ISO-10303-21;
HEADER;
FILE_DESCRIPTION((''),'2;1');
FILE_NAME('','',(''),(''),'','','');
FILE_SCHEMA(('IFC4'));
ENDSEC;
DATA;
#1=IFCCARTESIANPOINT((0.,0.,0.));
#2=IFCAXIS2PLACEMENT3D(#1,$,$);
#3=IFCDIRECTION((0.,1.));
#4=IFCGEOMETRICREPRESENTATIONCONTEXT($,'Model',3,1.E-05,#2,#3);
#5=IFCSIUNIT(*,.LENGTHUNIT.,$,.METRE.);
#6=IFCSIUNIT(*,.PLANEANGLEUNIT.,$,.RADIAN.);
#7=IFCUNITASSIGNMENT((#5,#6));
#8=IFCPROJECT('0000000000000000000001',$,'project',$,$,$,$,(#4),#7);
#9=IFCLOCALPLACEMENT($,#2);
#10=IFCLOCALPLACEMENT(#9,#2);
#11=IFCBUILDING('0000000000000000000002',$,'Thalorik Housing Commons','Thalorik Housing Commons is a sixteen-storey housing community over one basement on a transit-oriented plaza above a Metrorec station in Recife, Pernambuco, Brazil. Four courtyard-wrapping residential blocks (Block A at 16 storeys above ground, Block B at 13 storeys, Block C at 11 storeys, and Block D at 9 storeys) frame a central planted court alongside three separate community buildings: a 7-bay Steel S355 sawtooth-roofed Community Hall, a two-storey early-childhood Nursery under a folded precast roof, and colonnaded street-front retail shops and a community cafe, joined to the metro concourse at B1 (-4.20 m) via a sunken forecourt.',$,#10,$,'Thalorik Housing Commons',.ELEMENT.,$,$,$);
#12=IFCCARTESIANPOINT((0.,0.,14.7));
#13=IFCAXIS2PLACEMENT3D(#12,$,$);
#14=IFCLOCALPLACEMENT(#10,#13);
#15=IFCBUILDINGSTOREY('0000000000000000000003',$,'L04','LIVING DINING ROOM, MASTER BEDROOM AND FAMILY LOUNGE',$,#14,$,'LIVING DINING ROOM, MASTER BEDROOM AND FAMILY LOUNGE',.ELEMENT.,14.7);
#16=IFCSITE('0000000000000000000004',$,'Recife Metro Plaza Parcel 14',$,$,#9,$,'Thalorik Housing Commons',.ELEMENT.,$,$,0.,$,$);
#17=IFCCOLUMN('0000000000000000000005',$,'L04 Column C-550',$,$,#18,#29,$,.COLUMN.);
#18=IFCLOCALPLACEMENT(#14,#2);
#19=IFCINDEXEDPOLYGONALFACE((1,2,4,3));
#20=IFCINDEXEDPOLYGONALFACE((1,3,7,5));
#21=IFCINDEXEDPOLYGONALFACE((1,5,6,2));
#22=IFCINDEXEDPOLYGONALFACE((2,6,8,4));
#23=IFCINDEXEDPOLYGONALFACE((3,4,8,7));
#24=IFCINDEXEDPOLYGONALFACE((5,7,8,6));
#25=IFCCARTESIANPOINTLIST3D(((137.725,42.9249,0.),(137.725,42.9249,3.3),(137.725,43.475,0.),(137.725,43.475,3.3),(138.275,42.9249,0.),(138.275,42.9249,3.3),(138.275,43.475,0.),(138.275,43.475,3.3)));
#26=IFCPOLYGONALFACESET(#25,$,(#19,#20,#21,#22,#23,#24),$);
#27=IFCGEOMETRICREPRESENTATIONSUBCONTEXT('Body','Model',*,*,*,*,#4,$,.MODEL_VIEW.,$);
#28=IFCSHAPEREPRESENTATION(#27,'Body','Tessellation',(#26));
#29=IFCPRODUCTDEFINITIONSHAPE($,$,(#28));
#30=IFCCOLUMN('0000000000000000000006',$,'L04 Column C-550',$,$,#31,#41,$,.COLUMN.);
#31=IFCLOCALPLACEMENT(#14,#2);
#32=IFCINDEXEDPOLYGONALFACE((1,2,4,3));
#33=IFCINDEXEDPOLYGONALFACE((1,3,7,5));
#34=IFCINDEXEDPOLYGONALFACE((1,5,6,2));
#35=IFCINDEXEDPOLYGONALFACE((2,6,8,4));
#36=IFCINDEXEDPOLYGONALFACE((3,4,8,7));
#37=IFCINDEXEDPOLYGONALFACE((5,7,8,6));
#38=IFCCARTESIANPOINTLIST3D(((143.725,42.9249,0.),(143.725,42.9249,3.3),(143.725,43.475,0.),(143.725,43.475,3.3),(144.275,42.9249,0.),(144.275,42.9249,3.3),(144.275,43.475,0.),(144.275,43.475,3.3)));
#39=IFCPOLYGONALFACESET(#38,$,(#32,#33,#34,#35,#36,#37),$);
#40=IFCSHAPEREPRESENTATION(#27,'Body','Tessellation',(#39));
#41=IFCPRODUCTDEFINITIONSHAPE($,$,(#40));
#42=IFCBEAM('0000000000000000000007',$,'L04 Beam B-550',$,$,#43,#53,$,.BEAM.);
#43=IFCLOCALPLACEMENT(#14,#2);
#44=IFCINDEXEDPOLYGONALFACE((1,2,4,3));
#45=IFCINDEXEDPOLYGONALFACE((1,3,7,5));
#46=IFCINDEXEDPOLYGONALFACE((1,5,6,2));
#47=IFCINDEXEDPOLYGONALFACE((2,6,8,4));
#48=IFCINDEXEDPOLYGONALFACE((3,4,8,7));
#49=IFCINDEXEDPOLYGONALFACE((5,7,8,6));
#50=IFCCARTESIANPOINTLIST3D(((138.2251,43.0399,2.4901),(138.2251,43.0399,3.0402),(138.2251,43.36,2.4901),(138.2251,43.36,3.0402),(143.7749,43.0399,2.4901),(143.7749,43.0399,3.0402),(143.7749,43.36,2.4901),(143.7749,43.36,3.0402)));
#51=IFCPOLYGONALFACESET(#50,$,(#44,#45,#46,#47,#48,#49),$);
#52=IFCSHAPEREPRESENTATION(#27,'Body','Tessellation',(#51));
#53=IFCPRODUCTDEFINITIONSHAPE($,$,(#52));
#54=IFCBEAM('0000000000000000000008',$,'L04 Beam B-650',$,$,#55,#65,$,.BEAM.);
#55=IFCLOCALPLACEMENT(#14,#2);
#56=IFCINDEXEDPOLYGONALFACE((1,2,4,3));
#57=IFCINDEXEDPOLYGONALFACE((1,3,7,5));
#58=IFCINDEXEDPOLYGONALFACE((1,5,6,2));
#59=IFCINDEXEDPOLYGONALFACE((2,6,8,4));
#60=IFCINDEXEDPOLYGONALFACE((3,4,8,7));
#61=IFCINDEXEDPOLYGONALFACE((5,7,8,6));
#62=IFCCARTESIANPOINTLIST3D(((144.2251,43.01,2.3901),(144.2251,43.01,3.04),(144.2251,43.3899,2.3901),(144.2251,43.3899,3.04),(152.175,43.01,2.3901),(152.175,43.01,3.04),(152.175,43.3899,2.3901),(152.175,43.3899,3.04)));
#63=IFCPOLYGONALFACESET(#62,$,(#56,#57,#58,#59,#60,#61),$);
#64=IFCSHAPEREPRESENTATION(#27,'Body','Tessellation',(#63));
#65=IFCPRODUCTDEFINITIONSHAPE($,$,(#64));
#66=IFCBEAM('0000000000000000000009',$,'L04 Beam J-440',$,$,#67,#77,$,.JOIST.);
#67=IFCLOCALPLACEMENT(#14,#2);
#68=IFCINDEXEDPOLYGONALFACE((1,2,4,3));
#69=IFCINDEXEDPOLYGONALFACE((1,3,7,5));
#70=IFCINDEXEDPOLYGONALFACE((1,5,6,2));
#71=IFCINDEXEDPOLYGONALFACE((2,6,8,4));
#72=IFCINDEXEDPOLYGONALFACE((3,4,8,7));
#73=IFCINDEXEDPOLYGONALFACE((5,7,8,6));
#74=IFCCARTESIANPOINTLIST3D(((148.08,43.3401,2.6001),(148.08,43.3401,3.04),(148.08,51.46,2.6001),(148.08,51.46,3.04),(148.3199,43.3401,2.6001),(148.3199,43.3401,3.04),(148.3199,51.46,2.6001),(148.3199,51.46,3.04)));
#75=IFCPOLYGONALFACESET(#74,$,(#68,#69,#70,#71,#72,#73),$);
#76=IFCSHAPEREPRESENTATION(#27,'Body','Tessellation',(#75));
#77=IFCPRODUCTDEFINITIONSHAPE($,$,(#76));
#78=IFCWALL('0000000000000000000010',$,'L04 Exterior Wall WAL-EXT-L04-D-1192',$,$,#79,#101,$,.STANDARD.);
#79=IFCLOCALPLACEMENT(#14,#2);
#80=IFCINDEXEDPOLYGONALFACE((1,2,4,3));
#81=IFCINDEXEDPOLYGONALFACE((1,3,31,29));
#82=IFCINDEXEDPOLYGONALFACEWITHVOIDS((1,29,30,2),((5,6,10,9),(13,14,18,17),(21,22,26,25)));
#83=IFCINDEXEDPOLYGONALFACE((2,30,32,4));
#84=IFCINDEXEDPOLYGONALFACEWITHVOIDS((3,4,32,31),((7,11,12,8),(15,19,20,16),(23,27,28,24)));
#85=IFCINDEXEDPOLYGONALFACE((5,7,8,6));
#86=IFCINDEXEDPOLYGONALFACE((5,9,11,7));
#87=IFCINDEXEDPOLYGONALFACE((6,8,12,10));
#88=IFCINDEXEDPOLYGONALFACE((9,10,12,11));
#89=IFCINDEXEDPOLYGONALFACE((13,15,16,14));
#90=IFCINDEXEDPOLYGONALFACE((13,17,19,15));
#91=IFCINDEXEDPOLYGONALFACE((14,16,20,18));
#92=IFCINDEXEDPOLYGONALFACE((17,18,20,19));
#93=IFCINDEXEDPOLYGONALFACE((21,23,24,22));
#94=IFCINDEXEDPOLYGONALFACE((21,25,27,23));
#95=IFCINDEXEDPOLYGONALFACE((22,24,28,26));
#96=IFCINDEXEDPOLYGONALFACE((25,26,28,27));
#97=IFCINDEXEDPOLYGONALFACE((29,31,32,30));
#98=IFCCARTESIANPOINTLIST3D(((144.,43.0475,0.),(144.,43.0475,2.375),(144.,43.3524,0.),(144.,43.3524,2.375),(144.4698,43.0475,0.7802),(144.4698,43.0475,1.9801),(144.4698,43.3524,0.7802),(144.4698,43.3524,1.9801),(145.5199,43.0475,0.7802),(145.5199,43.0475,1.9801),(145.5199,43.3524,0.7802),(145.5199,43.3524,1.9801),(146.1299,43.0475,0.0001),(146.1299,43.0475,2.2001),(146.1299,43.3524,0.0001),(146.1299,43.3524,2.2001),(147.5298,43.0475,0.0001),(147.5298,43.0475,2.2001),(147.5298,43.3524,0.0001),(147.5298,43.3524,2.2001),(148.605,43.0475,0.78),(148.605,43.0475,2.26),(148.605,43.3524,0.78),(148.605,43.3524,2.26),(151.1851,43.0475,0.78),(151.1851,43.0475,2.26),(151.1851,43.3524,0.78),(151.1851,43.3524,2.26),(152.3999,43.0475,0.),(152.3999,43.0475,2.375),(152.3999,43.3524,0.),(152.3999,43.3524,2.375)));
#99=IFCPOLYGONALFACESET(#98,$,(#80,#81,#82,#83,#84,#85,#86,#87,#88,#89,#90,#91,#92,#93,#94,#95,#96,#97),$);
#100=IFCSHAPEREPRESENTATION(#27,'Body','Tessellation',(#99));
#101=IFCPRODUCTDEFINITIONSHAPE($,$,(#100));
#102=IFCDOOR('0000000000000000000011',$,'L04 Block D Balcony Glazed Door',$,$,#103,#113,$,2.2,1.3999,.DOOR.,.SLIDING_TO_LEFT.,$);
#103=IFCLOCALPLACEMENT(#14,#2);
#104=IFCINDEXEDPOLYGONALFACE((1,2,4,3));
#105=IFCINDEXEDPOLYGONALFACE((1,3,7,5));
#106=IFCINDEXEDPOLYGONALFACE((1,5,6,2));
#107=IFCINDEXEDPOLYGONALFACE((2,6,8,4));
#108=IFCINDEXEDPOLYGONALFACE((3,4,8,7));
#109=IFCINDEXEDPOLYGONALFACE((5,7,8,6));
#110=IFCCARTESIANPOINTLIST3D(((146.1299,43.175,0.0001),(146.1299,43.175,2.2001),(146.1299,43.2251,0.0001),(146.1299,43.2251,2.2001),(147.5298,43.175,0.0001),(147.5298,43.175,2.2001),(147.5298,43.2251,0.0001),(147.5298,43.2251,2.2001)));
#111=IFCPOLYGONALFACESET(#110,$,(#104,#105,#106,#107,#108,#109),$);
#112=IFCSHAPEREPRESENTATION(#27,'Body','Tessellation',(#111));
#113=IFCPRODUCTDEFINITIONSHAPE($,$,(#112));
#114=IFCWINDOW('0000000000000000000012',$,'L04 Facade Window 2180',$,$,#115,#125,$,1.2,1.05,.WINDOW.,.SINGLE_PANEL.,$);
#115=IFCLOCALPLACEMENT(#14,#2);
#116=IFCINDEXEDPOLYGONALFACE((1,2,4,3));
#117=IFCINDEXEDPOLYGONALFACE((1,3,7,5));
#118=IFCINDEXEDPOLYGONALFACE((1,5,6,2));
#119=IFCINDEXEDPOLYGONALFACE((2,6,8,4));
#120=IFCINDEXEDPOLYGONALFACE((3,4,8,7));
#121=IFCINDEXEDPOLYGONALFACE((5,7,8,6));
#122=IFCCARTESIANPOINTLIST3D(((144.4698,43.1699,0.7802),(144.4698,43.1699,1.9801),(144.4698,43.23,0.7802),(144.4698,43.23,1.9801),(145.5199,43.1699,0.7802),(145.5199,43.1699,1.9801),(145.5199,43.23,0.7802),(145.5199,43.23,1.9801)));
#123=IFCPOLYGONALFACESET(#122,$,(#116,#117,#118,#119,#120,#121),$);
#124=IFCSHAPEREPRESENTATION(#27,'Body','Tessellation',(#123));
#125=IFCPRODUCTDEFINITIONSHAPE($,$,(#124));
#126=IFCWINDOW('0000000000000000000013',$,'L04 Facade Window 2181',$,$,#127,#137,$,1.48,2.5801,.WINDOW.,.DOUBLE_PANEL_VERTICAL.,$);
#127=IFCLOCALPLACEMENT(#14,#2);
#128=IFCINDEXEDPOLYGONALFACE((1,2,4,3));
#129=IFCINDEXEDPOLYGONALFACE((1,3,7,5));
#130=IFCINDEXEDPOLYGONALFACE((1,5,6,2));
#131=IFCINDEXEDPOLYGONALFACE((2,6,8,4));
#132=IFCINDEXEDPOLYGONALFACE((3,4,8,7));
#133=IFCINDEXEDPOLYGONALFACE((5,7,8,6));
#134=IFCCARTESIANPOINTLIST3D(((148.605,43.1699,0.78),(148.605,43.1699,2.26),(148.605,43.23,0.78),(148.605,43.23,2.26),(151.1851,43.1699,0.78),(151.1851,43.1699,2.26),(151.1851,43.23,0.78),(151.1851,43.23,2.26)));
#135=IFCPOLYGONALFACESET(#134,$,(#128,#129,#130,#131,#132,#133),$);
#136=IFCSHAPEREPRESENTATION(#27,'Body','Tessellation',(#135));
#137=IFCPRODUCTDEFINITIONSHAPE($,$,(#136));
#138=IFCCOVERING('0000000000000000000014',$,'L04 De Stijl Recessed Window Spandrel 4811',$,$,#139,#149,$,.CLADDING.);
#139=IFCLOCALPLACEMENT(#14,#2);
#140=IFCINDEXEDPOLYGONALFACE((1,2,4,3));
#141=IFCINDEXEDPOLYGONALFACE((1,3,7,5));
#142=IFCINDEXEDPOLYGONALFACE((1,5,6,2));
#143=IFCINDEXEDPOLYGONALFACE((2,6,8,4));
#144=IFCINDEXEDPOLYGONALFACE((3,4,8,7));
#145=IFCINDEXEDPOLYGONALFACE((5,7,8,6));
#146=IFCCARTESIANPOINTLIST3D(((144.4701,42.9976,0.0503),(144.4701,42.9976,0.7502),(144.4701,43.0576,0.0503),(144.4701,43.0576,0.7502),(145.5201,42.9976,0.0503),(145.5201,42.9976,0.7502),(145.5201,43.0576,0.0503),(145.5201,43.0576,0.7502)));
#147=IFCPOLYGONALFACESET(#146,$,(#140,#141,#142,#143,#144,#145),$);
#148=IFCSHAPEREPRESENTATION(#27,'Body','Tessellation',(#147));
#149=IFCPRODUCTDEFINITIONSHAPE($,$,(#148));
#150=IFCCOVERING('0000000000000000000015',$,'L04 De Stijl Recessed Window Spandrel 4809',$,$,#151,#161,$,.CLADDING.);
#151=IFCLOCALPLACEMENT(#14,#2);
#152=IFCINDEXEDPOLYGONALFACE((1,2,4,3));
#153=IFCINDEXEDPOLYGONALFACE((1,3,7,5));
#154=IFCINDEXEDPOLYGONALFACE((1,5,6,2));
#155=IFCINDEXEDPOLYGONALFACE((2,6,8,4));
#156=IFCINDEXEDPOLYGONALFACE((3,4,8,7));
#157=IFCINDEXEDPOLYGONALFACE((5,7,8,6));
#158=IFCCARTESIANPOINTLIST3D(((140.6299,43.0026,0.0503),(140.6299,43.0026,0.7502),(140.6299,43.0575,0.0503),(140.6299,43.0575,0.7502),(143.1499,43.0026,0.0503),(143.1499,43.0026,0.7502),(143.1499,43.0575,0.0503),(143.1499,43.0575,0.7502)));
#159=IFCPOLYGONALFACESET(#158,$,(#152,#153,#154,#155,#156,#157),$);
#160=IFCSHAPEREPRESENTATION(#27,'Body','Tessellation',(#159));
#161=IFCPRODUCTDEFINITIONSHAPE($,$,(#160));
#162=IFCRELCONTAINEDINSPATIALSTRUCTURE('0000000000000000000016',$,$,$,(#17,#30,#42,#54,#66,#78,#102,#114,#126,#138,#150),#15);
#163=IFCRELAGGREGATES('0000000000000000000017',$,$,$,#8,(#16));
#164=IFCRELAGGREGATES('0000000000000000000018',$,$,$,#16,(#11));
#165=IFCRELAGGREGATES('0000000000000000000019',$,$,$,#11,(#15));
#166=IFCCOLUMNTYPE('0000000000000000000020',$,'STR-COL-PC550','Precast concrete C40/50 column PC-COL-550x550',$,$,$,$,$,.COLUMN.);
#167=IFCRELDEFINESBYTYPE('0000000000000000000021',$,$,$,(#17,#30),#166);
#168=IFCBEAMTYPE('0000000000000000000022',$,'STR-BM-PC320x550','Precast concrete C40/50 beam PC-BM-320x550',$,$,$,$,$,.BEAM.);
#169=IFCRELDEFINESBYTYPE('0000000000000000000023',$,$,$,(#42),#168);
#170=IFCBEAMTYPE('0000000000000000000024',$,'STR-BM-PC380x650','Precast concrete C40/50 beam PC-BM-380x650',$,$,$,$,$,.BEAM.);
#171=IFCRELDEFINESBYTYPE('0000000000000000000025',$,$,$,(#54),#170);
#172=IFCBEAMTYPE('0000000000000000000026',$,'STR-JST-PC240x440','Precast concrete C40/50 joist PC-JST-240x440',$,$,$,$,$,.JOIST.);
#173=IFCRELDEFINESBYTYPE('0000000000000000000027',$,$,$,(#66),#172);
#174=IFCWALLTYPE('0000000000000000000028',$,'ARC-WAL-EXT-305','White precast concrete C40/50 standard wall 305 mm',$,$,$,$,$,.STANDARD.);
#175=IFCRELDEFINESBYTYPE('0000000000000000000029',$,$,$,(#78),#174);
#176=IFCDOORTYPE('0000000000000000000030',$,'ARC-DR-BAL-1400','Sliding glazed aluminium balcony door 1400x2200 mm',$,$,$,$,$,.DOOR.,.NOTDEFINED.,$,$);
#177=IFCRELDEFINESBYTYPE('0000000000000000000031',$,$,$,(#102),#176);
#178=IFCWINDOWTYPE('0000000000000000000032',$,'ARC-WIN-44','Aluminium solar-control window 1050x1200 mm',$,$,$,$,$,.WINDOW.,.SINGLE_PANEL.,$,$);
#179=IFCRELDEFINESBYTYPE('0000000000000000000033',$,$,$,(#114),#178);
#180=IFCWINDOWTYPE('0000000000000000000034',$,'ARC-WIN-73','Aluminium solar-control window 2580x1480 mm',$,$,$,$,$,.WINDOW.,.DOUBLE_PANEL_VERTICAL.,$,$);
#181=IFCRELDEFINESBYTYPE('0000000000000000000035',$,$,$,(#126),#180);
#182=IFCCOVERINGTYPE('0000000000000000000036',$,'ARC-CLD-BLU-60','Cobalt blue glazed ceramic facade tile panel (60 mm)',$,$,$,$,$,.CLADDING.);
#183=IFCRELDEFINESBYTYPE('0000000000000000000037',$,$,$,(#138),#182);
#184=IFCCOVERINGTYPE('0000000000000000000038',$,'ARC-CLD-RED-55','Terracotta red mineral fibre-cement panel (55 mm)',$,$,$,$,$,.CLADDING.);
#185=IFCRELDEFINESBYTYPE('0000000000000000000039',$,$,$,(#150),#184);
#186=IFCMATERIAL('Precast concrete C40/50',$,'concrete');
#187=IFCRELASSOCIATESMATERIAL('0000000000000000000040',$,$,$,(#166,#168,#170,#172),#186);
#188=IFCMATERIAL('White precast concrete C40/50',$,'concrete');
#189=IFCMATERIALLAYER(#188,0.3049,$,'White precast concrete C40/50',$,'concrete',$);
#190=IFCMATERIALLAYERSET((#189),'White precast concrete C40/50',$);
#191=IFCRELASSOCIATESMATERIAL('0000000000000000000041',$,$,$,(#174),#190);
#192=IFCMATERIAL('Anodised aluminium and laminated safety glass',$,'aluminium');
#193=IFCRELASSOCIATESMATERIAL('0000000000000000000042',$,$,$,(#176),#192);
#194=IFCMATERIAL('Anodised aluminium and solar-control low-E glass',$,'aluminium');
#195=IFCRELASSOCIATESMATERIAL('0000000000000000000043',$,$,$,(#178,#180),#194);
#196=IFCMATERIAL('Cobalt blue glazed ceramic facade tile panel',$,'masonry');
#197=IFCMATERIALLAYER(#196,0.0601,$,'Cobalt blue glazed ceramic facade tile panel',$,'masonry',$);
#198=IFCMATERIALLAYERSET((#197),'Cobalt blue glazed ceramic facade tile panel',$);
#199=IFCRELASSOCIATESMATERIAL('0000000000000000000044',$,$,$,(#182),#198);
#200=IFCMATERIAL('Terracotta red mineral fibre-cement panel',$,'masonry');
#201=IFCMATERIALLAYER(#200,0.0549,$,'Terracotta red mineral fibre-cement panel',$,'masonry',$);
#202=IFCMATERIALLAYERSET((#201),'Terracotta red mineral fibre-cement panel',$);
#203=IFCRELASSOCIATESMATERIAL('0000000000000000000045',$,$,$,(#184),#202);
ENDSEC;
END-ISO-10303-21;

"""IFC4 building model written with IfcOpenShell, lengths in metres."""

from ifc_helpers import new_model, si_unit, direction, frame, frame_2d, origin, origin_2d, place, context, subcontext, project, spatial, rectangle, extrude, material, layer, layer_set, material_profile, profile_set, type_object, element, fill, save


model = new_model("IFC4")

# Units and contexts
model_context = context("Model", 3, precision=1e-05, world=origin(), true_north=direction((0.0, 1.0)))
body_context = subcontext(model_context, "Body", "Model", "MODEL_VIEW")
ifc_project = project(units=[si_unit("LENGTHUNIT", "METRE"), si_unit("PLANEANGLEUNIT", "RADIAN")], contexts=[model_context])

# Site, building, storey
site_placement = place(None, origin())
site = spatial("IfcSite", under=ifc_project, at=site_placement, Name="Recife Metro Plaza Parcel 14", LongName="Thalorik Housing Commons", CompositionType="ELEMENT", RefElevation=0.0)
building_placement = place(site_placement, origin())
building = spatial("IfcBuilding", under=site, at=building_placement, Name="Thalorik Housing Commons", Description="Thalorik Housing Commons is a sixteen-storey housing community over one basement on a transit-oriented plaza above a Metrorec station in Recife, Pernambuco, Brazil. Four courtyard-wrapping residential blocks (Block A at 16 storeys above ground, Block B at 13 storeys, Block C at 11 storeys, and Block D at 9 storeys) frame a central planted court alongside three separate community buildings: a 7-bay Steel S355 sawtooth-roofed Community Hall, a two-storey early-childhood Nursery under a folded precast roof, and colonnaded street-front retail shops and a community cafe, joined to the metro concourse at B1 (-4.20 m) via a sunken forecourt.", LongName="Thalorik Housing Commons", CompositionType="ELEMENT")
storey_placement = place(building_placement, frame((0.0, 0.0, 14.7)))
storey = spatial("IfcBuildingStorey", under=building, at=storey_placement, Name="L04", Description="LIVING DINING ROOM, MASTER BEDROOM AND FAMILY LOUNGE", LongName="LIVING DINING ROOM, MASTER BEDROOM AND FAMILY LOUNGE", CompositionType="ELEMENT", Elevation=14.7)

# Columns
ifc_material_1 = material(Name="Precast concrete C40/50", Category="concrete")
ifc_material_profile_1 = material_profile(ifc_material_1, rectangle(XDim=0.55, YDim=0.55, at=origin_2d()), Name="PC 550x550", Category="concrete")
ifc_profile_set_1 = profile_set([ifc_material_profile_1], Name="Precast concrete C40/50")
column_type = type_object("IfcColumnType", Name="STR-COL-PC550", Description="Precast concrete C40/50 column PC-COL-550x550", PredefinedType="COLUMN", material=ifc_profile_set_1)
for number, where, z_axis, x_axis, name in (
    (1, (138.0, 43.2, 0.0), (0.0, 0.0, 1.0), (1.0, 0.0, 0.0), "L04 Column C-550"),
    (2, (144.0, 43.2, 0.0), (0.0, 0.0, 1.0), (1.0, 0.0, 0.0), "L04 Column C-550"),
):
    element("IfcColumn", number, at=place(storey_placement, frame(where, z_axis=z_axis, x_axis=x_axis)), inside=storey, type_object=column_type, Name=name, PredefinedType="COLUMN", context=body_context, shape_type="SweptSolid", body=[
        extrude(rectangle(XDim=0.55, YDim=0.55, at=origin_2d()), origin(), (0.0, 0.0, 1.0), 3.3),
    ])

# Beams
ifc_material_profile_2 = material_profile(ifc_material_1, rectangle(XDim=0.3201, YDim=0.55, at=origin_2d()), Name="PC 320x550", Category="concrete")
ifc_profile_set_2 = profile_set([ifc_material_profile_2], Name="Precast concrete C40/50")
beam_type_1 = type_object("IfcBeamType", Name="STR-BM-PC320x550", Description="Precast concrete C40/50 beam PC-BM-320x550", PredefinedType="BEAM", material=ifc_profile_set_2)
beam_1_placement = place(storey_placement, frame((138.2251, 43.2, 2.7651), z_axis=(1.0, 0.0, 0.0), x_axis=(0.0, 1.0, 0.0)))
element("IfcBeam", 3, at=beam_1_placement, inside=storey, type_object=beam_type_1, Name="L04 Beam B-550", PredefinedType="BEAM", context=body_context, shape_type="SweptSolid", body=[
    extrude(rectangle(XDim=0.3201, YDim=0.55, at=origin_2d()), origin(), (0.0, 0.0, 1.0), 5.5498),
])
ifc_material_profile_3 = material_profile(ifc_material_1, rectangle(XDim=0.3799, YDim=0.6499, at=origin_2d()), Name="PC 380x650", Category="concrete")
ifc_profile_set_3 = profile_set([ifc_material_profile_3], Name="Precast concrete C40/50")
beam_type_2 = type_object("IfcBeamType", Name="STR-BM-PC380x650", Description="Precast concrete C40/50 beam PC-BM-380x650", PredefinedType="BEAM", material=ifc_profile_set_3)
beam_2_placement = place(storey_placement, frame((144.2251, 43.2, 2.7151), z_axis=(1.0, 0.0, 0.0), x_axis=(0.0, 1.0, 0.0)))
element("IfcBeam", 4, at=beam_2_placement, inside=storey, type_object=beam_type_2, Name="L04 Beam B-650", PredefinedType="BEAM", context=body_context, shape_type="SweptSolid", body=[
    extrude(rectangle(XDim=0.3799, YDim=0.6499, at=origin_2d()), origin(), (0.0, 0.0, 1.0), 7.95),
])
ifc_material_profile_4 = material_profile(ifc_material_1, rectangle(XDim=0.24, YDim=0.4399, at=origin_2d()), Name="PC JST 240x440", Category="concrete")
ifc_profile_set_4 = profile_set([ifc_material_profile_4], Name="Precast concrete C40/50")
beam_type_3 = type_object("IfcBeamType", Name="STR-JST-PC240x440", Description="Precast concrete C40/50 joist PC-JST-240x440", PredefinedType="JOIST", material=ifc_profile_set_4)
beam_3_placement = place(storey_placement, frame((148.2, 43.3401, 2.8201), z_axis=(0.0, 1.0, 0.0), x_axis=(-1.0, 0.0, 0.0)))
element("IfcBeam", 5, at=beam_3_placement, inside=storey, type_object=beam_type_3, Name="L04 Beam J-440", PredefinedType="JOIST", context=body_context, shape_type="SweptSolid", body=[
    extrude(rectangle(XDim=0.24, YDim=0.4399, at=origin_2d()), origin(), (0.0, 0.0, 1.0), 8.1199),
])

# Shared definitions
ifc_material_2 = material(Name="White precast concrete C40/50", Category="concrete")
ifc_layer_1 = layer(ifc_material_2, 0.3049, Name="White precast concrete C40/50", Category="concrete")
ifc_layer_set_1 = layer_set([ifc_layer_1], Name="White precast concrete C40/50")
wall_type = type_object("IfcWallType", Name="ARC-WAL-EXT-305", Description="White precast concrete C40/50 standard wall 305 mm", PredefinedType="STANDARD", material=ifc_layer_set_1)
ifc_material_3 = material(Name="Anodised aluminium and laminated safety glass", Category="aluminium")
ifc_material_4 = material(Name="Anodised aluminium and solar-control low-E glass", Category="aluminium")

# Wall, openings, door, windows
wall_1_placement = place(storey_placement, frame((144.0, 43.2, 0.0), z_axis=(0.0, 0.0, 1.0), x_axis=(1.0, 0.0, 0.0)))
wall_1 = element("IfcWall", 6, at=wall_1_placement, inside=storey, type_object=wall_type, Name="L04 Exterior Wall WAL-EXT-L04-D-1192", PredefinedType="STANDARD", context=body_context, shape_type="SweptSolid", body=[
    extrude(rectangle(XDim=8.3999, YDim=0.3049, at=frame_2d((4.2, 0.0))), origin(), (0.0, 0.0, 1.0), 2.375),
])
opening_1_placement = place(wall_1_placement, frame((2.1299, 0.0, 0.0)))
opening_1 = element("IfcOpeningElement", 7, at=opening_1_placement, cuts=wall_1, PredefinedType="OPENING", context=body_context, shape_type="SweptSolid", body=[
    extrude(rectangle(XDim=1.3999, YDim=2.2, at=frame_2d((0.7, 1.1001))), frame((0.0, 0.1626, 0.0), z_axis=(0.0, -1.0, 0.0), x_axis=(1.0, 0.0, 0.0)), (0.0, 0.0, 1.0), 0.325),
])
opening_2_placement = place(wall_1_placement, frame((0.47, 0.0, 0.78)))
opening_2 = element("IfcOpeningElement", 8, at=opening_2_placement, cuts=wall_1, PredefinedType="OPENING", context=body_context, shape_type="SweptSolid", body=[
    extrude(rectangle(XDim=1.05, YDim=1.2, at=frame_2d((0.5249, 0.6001))), frame((0.0, 0.1626, 0.0), z_axis=(0.0, -1.0, 0.0), x_axis=(1.0, 0.0, 0.0)), (0.0, 0.0, 1.0), 0.325),
])
opening_3_placement = place(wall_1_placement, frame((4.605, 0.0, 0.78)))
opening_3 = element("IfcOpeningElement", 9, at=opening_3_placement, cuts=wall_1, PredefinedType="OPENING", context=body_context, shape_type="SweptSolid", body=[
    extrude(rectangle(XDim=2.5801, YDim=1.48, at=frame_2d((1.29, 0.74))), frame((0.0, 0.1626, 0.0), z_axis=(0.0, -1.0, 0.0), x_axis=(1.0, 0.0, 0.0)), (0.0, 0.0, 1.0), 0.325),
])
door_type_1 = type_object("IfcDoorType", Name="ARC-DR-BAL-1400", Description="Sliding glazed aluminium balcony door 1400x2200 mm", OperationType="NOTDEFINED", PredefinedType="DOOR", material=ifc_material_3)
door_1_placement = place(opening_1_placement, frame((1.3999, 0.0, 0.0), z_axis=(0.0, 0.0, 1.0), x_axis=(-1.0, 0.0, 0.0)))
door_1 = element("IfcDoor", 10, at=door_1_placement, inside=storey, type_object=door_type_1, Name="L04 Block D Balcony Glazed Door", OperationType="SLIDING_TO_LEFT", OverallHeight=2.2, OverallWidth=1.3999, PredefinedType="DOOR", context=body_context, shape_type="SweptSolid", body=[
    extrude(rectangle(XDim=1.3999, YDim=2.2, at=frame_2d((0.7, 1.1001))), frame((0.0, 0.0249, 0.0), z_axis=(0.0, -1.0, 0.0), x_axis=(1.0, 0.0, 0.0)), (0.0, 0.0, 1.0), 0.05),
])
fill(opening_1, door_1)
window_type_1 = type_object("IfcWindowType", Name="ARC-WIN-44", Description="Aluminium solar-control window 1050x1200 mm", PartitioningType="SINGLE_PANEL", PredefinedType="WINDOW", material=ifc_material_4)
window_1_placement = place(opening_2_placement, origin())
window_1 = element("IfcWindow", 11, at=window_1_placement, inside=storey, type_object=window_type_1, Name="L04 Facade Window 2180", OverallHeight=1.2, OverallWidth=1.05, PartitioningType="SINGLE_PANEL", PredefinedType="WINDOW", context=body_context, shape_type="SweptSolid", body=[
    extrude(rectangle(XDim=1.05, YDim=1.2, at=frame_2d((0.5249, 0.6001))), frame((0.0, 0.03, 0.0), z_axis=(0.0, -1.0, 0.0), x_axis=(1.0, 0.0, 0.0)), (0.0, 0.0, 1.0), 0.0601),
])
fill(opening_2, window_1)
window_type_2 = type_object("IfcWindowType", Name="ARC-WIN-73", Description="Aluminium solar-control window 2580x1480 mm", PartitioningType="DOUBLE_PANEL_VERTICAL", PredefinedType="WINDOW", material=ifc_material_4)
window_2_placement = place(opening_3_placement, origin())
window_2 = element("IfcWindow", 12, at=window_2_placement, inside=storey, type_object=window_type_2, Name="L04 Facade Window 2181", OverallHeight=1.48, OverallWidth=2.5801, PartitioningType="DOUBLE_PANEL_VERTICAL", PredefinedType="WINDOW", context=body_context, shape_type="SweptSolid", body=[
    extrude(rectangle(XDim=2.5801, YDim=1.48, at=frame_2d((1.29, 0.74))), frame((0.0, 0.03, 0.0), z_axis=(0.0, -1.0, 0.0), x_axis=(1.0, 0.0, 0.0)), (0.0, 0.0, 1.0), 0.0601),
])
fill(opening_3, window_2)

# Coverings
ifc_material_5 = material(Name="Cobalt blue glazed ceramic facade tile panel", Category="masonry")
ifc_layer_2 = layer(ifc_material_5, 0.0601, Name="Cobalt blue glazed ceramic facade tile panel", Category="masonry")
ifc_layer_set_2 = layer_set([ifc_layer_2], Name="Cobalt blue glazed ceramic facade tile panel")
covering_type_1 = type_object("IfcCoveringType", Name="ARC-CLD-BLU-60", Description="Cobalt blue glazed ceramic facade tile panel (60 mm)", PredefinedType="CLADDING", material=ifc_layer_set_2)
covering_1_placement = place(storey_placement, frame((144.9951, 43.0276, 0.0503), z_axis=(0.0, 0.0, 1.0), x_axis=(1.0, 0.0, 0.0)))
element("IfcCovering", 13, at=covering_1_placement, inside=storey, type_object=covering_type_1, Name="L04 De Stijl Recessed Window Spandrel 4811", PredefinedType="CLADDING", context=body_context, shape_type="SweptSolid", body=[
    extrude(rectangle(XDim=1.05, YDim=0.0601, at=origin_2d()), origin(), (0.0, 0.0, 1.0), 0.7),
])
ifc_material_6 = material(Name="Terracotta red mineral fibre-cement panel", Category="masonry")
ifc_layer_3 = layer(ifc_material_6, 0.0549, Name="Terracotta red mineral fibre-cement panel", Category="masonry")
ifc_layer_set_3 = layer_set([ifc_layer_3], Name="Terracotta red mineral fibre-cement panel")
covering_type_2 = type_object("IfcCoveringType", Name="ARC-CLD-RED-55", Description="Terracotta red mineral fibre-cement panel (55 mm)", PredefinedType="CLADDING", material=ifc_layer_set_3)
covering_2_placement = place(storey_placement, frame((141.8899, 43.03, 0.0503), z_axis=(0.0, 0.0, 1.0), x_axis=(1.0, 0.0, 0.0)))
element("IfcCovering", 14, at=covering_2_placement, inside=storey, type_object=covering_type_2, Name="L04 De Stijl Recessed Window Spandrel 4809", PredefinedType="CLADDING", context=body_context, shape_type="SweptSolid", body=[
    extrude(rectangle(XDim=2.52, YDim=0.0549, at=origin_2d()), origin(), (0.0, 0.0, 1.0), 0.7),
])

save(model, "model.ifc")
